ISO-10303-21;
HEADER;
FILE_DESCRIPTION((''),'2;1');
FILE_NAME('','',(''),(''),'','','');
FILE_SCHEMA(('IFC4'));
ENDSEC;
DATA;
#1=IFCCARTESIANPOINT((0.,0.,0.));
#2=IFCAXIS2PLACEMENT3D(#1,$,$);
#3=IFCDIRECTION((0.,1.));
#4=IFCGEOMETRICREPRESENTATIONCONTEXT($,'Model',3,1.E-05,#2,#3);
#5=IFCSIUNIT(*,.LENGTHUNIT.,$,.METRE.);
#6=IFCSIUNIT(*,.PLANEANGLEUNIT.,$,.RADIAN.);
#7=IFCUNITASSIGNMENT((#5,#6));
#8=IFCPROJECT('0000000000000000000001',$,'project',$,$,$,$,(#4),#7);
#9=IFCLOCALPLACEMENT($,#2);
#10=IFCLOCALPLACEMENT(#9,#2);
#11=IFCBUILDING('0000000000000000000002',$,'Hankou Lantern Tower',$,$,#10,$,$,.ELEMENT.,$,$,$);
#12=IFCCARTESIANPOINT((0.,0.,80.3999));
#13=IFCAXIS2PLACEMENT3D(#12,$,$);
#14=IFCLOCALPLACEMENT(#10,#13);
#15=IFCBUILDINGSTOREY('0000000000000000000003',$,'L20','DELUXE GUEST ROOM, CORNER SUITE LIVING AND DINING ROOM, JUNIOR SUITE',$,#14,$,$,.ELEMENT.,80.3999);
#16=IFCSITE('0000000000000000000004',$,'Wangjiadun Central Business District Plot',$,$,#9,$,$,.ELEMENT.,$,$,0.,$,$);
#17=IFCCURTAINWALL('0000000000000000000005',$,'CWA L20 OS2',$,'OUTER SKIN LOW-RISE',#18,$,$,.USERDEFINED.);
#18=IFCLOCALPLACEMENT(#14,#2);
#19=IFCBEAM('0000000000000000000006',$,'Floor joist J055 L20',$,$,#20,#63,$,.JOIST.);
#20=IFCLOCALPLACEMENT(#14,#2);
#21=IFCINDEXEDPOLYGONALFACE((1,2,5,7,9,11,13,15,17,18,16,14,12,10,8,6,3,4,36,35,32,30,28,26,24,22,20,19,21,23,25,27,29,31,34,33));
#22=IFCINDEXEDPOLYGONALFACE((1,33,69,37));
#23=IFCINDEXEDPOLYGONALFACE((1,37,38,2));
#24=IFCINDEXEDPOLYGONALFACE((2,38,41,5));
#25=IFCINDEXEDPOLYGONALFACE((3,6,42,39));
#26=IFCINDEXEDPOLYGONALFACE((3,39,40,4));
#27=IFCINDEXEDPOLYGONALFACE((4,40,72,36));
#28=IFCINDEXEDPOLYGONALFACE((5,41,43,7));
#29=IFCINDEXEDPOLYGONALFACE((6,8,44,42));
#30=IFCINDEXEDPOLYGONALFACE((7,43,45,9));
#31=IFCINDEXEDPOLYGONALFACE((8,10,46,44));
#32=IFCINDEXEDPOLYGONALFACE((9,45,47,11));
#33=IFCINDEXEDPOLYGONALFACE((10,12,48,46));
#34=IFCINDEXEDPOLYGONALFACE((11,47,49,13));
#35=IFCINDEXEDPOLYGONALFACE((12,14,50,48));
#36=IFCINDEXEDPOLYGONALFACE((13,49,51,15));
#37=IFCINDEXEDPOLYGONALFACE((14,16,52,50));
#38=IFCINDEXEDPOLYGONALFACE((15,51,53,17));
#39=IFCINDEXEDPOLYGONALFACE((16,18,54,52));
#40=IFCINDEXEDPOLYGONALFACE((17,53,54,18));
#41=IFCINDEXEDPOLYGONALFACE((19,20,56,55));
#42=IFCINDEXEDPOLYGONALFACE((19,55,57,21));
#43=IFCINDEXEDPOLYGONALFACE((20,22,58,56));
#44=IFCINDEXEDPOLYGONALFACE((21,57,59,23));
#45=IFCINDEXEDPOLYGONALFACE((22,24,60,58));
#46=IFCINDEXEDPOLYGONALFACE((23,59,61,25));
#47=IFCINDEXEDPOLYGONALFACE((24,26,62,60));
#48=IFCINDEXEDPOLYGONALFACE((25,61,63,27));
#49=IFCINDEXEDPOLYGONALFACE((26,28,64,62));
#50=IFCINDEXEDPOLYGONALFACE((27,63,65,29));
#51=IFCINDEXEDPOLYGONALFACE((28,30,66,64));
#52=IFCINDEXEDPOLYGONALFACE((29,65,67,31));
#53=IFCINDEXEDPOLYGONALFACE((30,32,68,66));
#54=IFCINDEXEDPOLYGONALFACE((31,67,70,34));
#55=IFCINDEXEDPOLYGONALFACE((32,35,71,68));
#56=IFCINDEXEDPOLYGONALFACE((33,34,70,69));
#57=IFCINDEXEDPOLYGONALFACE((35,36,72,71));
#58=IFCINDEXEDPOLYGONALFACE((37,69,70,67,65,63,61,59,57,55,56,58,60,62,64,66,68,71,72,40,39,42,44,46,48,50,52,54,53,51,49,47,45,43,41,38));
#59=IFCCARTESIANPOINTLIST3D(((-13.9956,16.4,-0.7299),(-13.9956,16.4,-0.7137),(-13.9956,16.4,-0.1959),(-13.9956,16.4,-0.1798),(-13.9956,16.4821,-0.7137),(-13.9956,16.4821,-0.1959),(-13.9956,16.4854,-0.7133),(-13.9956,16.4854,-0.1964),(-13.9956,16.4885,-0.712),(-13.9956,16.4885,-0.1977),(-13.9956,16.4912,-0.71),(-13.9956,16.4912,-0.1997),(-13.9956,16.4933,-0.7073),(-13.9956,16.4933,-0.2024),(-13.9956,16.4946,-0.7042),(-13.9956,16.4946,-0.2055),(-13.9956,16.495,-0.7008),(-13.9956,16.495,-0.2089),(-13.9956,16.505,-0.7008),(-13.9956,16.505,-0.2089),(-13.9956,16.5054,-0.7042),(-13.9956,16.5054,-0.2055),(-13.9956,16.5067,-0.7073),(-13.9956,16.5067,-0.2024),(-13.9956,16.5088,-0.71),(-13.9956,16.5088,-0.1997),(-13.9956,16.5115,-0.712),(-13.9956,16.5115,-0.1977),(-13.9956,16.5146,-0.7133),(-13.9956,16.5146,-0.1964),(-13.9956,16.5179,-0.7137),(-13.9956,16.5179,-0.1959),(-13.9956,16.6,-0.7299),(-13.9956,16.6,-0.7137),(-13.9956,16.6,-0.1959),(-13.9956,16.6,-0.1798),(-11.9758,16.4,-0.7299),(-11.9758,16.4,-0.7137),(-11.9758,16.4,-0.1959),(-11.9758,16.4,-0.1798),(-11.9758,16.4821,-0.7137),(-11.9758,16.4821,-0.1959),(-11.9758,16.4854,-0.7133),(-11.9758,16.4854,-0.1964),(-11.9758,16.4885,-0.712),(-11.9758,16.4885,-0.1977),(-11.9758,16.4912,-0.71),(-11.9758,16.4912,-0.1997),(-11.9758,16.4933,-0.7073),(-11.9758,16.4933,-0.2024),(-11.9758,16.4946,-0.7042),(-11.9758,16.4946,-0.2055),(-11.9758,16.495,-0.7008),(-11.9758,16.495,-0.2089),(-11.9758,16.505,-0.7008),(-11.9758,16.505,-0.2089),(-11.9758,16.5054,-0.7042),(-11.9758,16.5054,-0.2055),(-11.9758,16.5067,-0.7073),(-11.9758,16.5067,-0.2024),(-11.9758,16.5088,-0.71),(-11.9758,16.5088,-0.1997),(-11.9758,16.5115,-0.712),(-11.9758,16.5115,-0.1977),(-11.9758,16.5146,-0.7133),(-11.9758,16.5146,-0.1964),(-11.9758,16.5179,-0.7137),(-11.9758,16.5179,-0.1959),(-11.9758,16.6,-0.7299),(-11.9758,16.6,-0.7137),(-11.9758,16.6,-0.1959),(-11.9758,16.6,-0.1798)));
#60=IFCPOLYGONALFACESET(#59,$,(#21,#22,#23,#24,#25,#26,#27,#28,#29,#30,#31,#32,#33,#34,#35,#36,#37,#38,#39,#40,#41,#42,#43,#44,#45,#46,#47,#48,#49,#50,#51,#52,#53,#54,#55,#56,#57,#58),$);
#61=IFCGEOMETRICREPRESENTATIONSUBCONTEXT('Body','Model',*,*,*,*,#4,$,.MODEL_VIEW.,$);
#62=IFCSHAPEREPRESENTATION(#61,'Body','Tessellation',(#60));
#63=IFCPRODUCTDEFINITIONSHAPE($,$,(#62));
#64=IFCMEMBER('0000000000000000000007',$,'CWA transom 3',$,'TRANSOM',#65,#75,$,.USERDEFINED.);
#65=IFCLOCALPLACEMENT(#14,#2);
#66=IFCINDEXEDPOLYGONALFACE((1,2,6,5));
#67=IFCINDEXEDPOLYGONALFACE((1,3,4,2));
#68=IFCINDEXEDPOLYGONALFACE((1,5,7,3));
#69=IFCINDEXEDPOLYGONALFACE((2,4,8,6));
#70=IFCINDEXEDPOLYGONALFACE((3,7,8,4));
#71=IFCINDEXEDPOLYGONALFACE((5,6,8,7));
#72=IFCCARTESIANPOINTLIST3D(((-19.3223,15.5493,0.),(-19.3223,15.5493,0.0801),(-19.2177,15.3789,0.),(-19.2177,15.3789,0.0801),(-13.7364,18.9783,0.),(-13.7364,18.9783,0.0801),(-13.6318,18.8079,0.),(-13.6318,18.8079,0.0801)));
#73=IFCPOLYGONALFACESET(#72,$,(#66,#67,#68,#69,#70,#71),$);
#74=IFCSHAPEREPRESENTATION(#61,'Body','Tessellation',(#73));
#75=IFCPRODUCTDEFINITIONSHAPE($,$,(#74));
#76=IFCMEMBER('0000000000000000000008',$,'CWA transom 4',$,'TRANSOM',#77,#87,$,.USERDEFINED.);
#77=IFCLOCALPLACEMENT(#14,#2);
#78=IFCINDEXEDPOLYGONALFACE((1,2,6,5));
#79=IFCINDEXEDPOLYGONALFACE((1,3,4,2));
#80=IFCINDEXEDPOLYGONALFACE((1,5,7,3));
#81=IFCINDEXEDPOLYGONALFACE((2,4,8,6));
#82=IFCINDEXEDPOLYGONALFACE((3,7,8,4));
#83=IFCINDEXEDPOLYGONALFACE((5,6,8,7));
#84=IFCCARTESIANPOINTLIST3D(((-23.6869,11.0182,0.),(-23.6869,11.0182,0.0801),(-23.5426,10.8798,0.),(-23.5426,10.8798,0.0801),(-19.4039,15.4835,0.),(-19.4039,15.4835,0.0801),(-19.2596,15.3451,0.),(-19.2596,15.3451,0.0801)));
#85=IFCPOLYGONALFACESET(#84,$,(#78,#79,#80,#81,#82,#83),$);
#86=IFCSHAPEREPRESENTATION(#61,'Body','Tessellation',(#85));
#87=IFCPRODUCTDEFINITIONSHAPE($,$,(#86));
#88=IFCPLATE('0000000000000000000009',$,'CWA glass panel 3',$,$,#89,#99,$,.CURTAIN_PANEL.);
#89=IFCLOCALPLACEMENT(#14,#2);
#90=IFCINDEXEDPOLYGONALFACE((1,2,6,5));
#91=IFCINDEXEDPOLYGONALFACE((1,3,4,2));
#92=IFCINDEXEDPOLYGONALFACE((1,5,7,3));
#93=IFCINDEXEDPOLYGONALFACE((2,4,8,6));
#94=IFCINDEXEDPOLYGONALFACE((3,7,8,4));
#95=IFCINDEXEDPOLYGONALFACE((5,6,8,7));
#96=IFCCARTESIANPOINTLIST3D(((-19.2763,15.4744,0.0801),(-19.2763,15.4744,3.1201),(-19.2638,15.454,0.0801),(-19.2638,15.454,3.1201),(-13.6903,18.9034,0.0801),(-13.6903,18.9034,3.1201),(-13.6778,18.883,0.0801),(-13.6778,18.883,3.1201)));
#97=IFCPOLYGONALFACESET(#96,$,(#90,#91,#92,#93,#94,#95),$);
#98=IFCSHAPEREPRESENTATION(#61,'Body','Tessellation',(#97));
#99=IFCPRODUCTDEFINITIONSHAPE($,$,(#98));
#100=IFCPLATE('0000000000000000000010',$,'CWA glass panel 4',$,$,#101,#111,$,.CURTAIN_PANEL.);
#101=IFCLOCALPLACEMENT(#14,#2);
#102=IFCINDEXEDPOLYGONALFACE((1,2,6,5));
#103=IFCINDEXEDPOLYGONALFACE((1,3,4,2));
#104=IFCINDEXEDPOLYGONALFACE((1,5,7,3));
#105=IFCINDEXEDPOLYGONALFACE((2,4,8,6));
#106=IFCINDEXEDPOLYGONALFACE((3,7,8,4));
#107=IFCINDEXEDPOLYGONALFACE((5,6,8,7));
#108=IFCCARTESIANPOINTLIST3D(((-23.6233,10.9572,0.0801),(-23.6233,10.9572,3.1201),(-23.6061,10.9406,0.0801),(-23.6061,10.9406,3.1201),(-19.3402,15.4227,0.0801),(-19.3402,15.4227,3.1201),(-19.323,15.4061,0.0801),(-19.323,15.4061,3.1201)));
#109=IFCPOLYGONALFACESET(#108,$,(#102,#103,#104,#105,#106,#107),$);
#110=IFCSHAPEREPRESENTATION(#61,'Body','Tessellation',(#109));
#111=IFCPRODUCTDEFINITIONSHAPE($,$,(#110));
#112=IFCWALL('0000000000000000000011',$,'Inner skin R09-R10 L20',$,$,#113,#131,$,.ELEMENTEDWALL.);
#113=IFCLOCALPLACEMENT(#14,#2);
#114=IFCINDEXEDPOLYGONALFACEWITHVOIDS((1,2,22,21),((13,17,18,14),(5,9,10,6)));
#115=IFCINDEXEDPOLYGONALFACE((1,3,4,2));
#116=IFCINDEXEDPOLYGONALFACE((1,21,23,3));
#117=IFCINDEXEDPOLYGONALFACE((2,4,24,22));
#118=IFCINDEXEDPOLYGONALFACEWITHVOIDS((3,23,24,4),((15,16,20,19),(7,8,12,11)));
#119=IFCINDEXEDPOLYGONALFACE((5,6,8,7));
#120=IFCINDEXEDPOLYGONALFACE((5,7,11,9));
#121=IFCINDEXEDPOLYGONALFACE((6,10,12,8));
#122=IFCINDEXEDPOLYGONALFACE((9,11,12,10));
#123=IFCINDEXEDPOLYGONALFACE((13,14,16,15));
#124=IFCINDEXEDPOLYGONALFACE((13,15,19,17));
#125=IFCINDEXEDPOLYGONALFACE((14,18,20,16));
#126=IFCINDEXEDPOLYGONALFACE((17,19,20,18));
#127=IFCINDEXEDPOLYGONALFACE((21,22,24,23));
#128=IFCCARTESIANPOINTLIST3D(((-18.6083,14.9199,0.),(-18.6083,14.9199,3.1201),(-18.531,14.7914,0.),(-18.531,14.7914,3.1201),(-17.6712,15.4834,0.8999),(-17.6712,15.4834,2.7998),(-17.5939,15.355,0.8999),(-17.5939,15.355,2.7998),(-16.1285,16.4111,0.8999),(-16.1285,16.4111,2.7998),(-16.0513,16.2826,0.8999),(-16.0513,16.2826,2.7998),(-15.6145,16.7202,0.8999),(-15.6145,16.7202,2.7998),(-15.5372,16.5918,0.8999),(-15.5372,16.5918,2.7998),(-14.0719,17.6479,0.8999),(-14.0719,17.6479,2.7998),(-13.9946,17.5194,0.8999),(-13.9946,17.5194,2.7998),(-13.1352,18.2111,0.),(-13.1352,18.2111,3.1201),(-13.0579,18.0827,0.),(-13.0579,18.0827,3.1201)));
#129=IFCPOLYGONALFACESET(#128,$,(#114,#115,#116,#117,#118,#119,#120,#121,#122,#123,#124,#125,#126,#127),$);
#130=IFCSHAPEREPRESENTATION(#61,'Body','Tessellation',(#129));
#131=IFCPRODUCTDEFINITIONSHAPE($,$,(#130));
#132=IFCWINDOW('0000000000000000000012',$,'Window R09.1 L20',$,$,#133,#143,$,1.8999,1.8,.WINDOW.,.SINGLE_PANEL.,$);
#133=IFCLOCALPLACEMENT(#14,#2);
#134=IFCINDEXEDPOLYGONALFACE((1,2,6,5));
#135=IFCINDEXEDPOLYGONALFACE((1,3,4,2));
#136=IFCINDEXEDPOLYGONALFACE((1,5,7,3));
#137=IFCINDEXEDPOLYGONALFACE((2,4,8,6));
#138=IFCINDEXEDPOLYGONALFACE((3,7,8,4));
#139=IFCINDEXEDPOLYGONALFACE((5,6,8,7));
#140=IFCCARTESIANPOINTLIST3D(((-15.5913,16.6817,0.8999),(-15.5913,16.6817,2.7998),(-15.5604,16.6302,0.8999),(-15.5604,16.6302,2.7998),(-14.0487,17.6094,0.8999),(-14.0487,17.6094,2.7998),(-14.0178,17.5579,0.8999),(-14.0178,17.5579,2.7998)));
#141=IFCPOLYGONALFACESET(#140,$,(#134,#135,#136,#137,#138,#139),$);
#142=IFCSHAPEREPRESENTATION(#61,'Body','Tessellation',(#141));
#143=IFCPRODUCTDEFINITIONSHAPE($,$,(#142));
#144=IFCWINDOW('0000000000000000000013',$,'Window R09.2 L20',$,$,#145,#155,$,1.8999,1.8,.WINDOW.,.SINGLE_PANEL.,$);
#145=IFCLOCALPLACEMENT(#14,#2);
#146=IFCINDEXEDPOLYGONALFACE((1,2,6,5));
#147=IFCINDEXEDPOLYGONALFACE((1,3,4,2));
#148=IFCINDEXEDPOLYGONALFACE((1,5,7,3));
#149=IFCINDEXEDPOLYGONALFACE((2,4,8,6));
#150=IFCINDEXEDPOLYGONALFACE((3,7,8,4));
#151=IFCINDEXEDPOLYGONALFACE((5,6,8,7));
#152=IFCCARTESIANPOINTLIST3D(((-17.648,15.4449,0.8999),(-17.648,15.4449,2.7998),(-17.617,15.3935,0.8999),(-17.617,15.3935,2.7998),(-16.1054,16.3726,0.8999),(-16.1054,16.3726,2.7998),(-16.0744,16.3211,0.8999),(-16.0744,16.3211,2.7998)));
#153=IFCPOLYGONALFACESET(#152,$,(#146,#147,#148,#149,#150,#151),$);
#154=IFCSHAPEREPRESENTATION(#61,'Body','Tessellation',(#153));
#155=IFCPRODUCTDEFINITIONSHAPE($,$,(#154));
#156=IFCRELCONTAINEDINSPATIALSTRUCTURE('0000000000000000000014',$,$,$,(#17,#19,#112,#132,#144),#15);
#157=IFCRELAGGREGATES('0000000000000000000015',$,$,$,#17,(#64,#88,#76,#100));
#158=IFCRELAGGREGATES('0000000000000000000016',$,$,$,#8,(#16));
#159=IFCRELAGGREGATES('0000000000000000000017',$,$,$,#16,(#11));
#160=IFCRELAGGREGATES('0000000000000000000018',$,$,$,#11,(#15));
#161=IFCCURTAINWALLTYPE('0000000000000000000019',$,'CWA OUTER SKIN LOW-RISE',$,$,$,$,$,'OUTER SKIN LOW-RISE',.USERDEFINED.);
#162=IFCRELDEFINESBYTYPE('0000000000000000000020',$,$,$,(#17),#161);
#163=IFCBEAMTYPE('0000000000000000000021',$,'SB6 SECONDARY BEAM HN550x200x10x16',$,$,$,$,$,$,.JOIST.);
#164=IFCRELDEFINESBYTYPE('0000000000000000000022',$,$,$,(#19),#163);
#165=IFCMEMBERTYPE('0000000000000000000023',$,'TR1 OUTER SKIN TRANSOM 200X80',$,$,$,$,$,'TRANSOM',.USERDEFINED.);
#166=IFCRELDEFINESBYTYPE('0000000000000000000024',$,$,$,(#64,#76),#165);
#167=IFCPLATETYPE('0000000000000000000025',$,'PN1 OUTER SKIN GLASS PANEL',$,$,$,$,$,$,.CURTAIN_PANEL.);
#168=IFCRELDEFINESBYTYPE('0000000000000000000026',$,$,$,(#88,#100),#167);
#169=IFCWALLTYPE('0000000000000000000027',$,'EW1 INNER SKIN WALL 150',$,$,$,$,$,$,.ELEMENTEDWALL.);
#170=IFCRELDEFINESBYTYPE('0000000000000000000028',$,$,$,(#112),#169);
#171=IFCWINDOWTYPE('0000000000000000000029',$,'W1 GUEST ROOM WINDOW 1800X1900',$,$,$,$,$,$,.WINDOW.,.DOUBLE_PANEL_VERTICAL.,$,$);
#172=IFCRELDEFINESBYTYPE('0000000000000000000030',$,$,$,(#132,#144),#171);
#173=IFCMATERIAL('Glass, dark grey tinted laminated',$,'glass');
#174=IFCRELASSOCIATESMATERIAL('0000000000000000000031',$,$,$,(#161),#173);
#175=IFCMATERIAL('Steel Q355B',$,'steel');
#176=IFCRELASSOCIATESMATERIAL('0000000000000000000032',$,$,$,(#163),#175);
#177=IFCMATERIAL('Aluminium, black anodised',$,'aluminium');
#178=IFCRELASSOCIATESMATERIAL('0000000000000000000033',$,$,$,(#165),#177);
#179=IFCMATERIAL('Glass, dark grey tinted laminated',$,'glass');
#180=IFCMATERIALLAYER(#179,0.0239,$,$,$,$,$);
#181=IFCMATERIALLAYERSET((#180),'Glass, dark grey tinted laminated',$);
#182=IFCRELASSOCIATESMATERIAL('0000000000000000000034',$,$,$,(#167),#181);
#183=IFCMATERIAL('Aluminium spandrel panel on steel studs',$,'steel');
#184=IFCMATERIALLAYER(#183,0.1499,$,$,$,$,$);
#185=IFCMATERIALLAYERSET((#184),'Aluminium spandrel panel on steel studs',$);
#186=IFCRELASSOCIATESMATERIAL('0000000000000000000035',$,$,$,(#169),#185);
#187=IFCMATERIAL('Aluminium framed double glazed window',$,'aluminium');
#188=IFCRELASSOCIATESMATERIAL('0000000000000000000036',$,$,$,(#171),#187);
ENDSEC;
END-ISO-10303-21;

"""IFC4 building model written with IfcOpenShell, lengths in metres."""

from ifc_helpers import new_model, si_unit, direction, frame, frame_2d, origin, origin_2d, place, context, subcontext, project, spatial, rectangle, i_section, extrude, material, layer, layer_set, material_profile, profile_set, type_object, element, fill, aggregate, save


model = new_model("IFC4")

# Units and contexts
model_context = context("Model", 3, precision=1e-05, world=origin(), true_north=direction((0.0, 1.0)))
body_context = subcontext(model_context, "Body", "Model", "MODEL_VIEW")
ifc_project = project(units=[si_unit("LENGTHUNIT", "METRE"), si_unit("PLANEANGLEUNIT", "RADIAN")], contexts=[model_context])

# Site, building, storey
site_placement = place(None, origin())
site = spatial("IfcSite", under=ifc_project, at=site_placement, Name="Wangjiadun Central Business District Plot", CompositionType="ELEMENT", RefElevation=0.0)
building_placement = place(site_placement, origin())
building = spatial("IfcBuilding", under=site, at=building_placement, Name="Hankou Lantern Tower", CompositionType="ELEMENT")
storey_placement = place(building_placement, frame((0.0, 0.0, 80.3999)))
storey = spatial("IfcBuildingStorey", under=building, at=storey_placement, Name="L20", Description="DELUXE GUEST ROOM, CORNER SUITE LIVING AND DINING ROOM, JUNIOR SUITE", CompositionType="ELEMENT", Elevation=80.3999)

# Curtain wall
ifc_material_1 = material(Name="Glass, dark grey tinted laminated", Category="glass")
curtain_wall_type = type_object("IfcCurtainWallType", Name="CWA OUTER SKIN LOW-RISE", ElementType="OUTER SKIN LOW-RISE", PredefinedType="USERDEFINED", material=ifc_material_1)
curtain_wall_placement = place(storey_placement, origin())
curtain_wall = element("IfcCurtainWall", 1, at=curtain_wall_placement, inside=storey, type_object=curtain_wall_type, Name="CWA L20 OS2", ObjectType="OUTER SKIN LOW-RISE", PredefinedType="USERDEFINED")

# Beam
ifc_material_2 = material(Name="Steel Q355B", Category="steel")
ifc_material_profile_1 = material_profile(ifc_material_2, i_section(OverallWidth=0.2, OverallDepth=0.55, WebThickness=0.01, FlangeThickness=0.0161, FilletRadius=0.0129, at=origin_2d()), Name="HN550x200x10x16")
ifc_profile_set_1 = profile_set([ifc_material_profile_1], Name="Steel Q355B")
beam_type_1 = type_object("IfcBeamType", Name="SB6 SECONDARY BEAM HN550x200x10x16", PredefinedType="JOIST", material=ifc_profile_set_1)
beam_1_placement = place(storey_placement, frame((-13.9956, 16.5, -0.4548), z_axis=(1.0, 0.0, 0.0), x_axis=(0.0, 1.0, 0.0)))
element("IfcBeam", 2, at=beam_1_placement, inside=storey, type_object=beam_type_1, Name="Floor joist J055 L20", PredefinedType="JOIST", context=body_context, shape_type="SweptSolid", body=[
    extrude(i_section(OverallWidth=0.2, OverallDepth=0.55, WebThickness=0.01, FlangeThickness=0.0161, FilletRadius=0.0129, at=origin_2d()), origin(), (0.0, 0.0, 1.0), 2.0198),
])

# Members
ifc_material_3 = material(Name="Aluminium, black anodised", Category="aluminium")
ifc_material_profile_2 = material_profile(ifc_material_3, rectangle(XDim=0.2, YDim=0.0801, at=origin_2d()), Name="TR1 200X80")
ifc_profile_set_2 = profile_set([ifc_material_profile_2], Name="Aluminium, black anodised")
member_type_1 = type_object("IfcMemberType", Name="TR1 OUTER SKIN TRANSOM 200X80", ElementType="TRANSOM", PredefinedType="USERDEFINED", material=ifc_profile_set_2)
member_1_placement = place(storey_placement, frame((-13.6841, 18.8931, 0.04), z_axis=(-0.85224, -0.523152, 0.0), x_axis=(0.523152, -0.85224, 0.0)))
member_1 = element("IfcMember", 3, at=member_1_placement, type_object=member_type_1, Name="CWA transom 3", ObjectType="TRANSOM", PredefinedType="USERDEFINED", context=body_context, shape_type="SweptSolid", body=[
    extrude(rectangle(XDim=0.2, YDim=0.0801, at=origin_2d()), origin(), (0.0, 0.0, 1.0), 6.5544),
])
member_2_placement = place(storey_placement, frame((-19.3318, 15.4143, 0.04), z_axis=(-0.692216, -0.721691, 0.0), x_axis=(0.721691, -0.692216, 0.0)))
member_2 = element("IfcMember", 4, at=member_2_placement, type_object=member_type_1, Name="CWA transom 4", ObjectType="TRANSOM", PredefinedType="USERDEFINED", context=body_context, shape_type="SweptSolid", body=[
    extrude(rectangle(XDim=0.2, YDim=0.0801, at=origin_2d()), origin(), (0.0, 0.0, 1.0), 6.1873),
])

# Plates
ifc_material_4 = material(Name="Glass, dark grey tinted laminated", Category="glass")
ifc_layer_1 = layer(ifc_material_4, 0.0239)
ifc_layer_set_1 = layer_set([ifc_layer_1], Name="Glass, dark grey tinted laminated")
plate_type = type_object("IfcPlateType", Name="PN1 OUTER SKIN GLASS PANEL", PredefinedType="CURTAIN_PANEL", material=ifc_layer_set_1)
plate_1_placement = place(storey_placement, frame((-16.4771, 17.1787, 0.0801), z_axis=(0.0, 0.0, 1.0), x_axis=(-0.852237, -0.523156, 0.0)))
plate_1 = element("IfcPlate", 5, at=plate_1_placement, type_object=plate_type, Name="CWA glass panel 3", PredefinedType="CURTAIN_PANEL", context=body_context, shape_type="SweptSolid", body=[
    extrude(rectangle(XDim=6.5544, YDim=0.0239, at=origin_2d()), origin(), (0.0, 0.0, 1.0), 3.04),
])
plate_2_placement = place(storey_placement, frame((-21.4731, 13.1816, 0.0801), z_axis=(0.0, 0.0, 1.0), x_axis=(-0.692216, -0.721691, 0.0)))
plate_2 = element("IfcPlate", 6, at=plate_2_placement, type_object=plate_type, Name="CWA glass panel 4", PredefinedType="CURTAIN_PANEL", context=body_context, shape_type="SweptSolid", body=[
    extrude(rectangle(XDim=6.1875, YDim=0.0239, at=origin_2d()), origin(), (0.0, 0.0, 1.0), 3.04),
])
aggregate(curtain_wall, [member_1, plate_1, member_2, plate_2])

# Wall, openings, windows
ifc_material_5 = material(Name="Aluminium spandrel panel on steel studs", Category="steel")
ifc_layer_2 = layer(ifc_material_5, 0.1499)
ifc_layer_set_2 = layer_set([ifc_layer_2], Name="Aluminium spandrel panel on steel studs")
wall_type_1 = type_object("IfcWallType", Name="EW1 INNER SKIN WALL 150", PredefinedType="ELEMENTEDWALL", material=ifc_layer_set_2)
wall_1_placement = place(storey_placement, frame((-13.0964, 18.147, 0.0), z_axis=(0.0, 0.0, 1.0), x_axis=(-0.856983, -0.515344, 0.0)))
wall_1 = element("IfcWall", 7, at=wall_1_placement, inside=storey, type_object=wall_type_1, Name="Inner skin R09-R10 L20", PredefinedType="ELEMENTEDWALL", context=body_context, shape_type="SweptSolid", body=[
    extrude(rectangle(XDim=6.3865, YDim=0.1499, at=frame_2d((3.1934, 0.0))), origin(), (0.0, 0.0, 1.0), 3.1201),
])
opening_1_placement = place(wall_1_placement, frame((1.0933, 0.0, 0.8999)))
opening_1 = element("IfcOpeningElement", 8, at=opening_1_placement, cuts=wall_1, PredefinedType="OPENING", context=body_context, shape_type="SweptSolid", body=[
    extrude(rectangle(XDim=1.8, YDim=1.8999, at=frame_2d((0.8999, 0.95))), frame((0.0, 0.085, 0.0), z_axis=(0.0, -1.0, 0.0), x_axis=(1.0, 0.0, 0.0)), (0.0, 0.0, 1.0), 0.1699),
])
opening_2_placement = place(wall_1_placement, frame((3.4932, 0.0, 0.8999)))
opening_2 = element("IfcOpeningElement", 9, at=opening_2_placement, cuts=wall_1, PredefinedType="OPENING", context=body_context, shape_type="SweptSolid", body=[
    extrude(rectangle(XDim=1.8, YDim=1.8999, at=frame_2d((0.8999, 0.95))), frame((0.0, 0.085, 0.0), z_axis=(0.0, -1.0, 0.0), x_axis=(1.0, 0.0, 0.0)), (0.0, 0.0, 1.0), 0.1699),
])
ifc_material_6 = material(Name="Aluminium framed double glazed window", Category="aluminium")
window_type = type_object("IfcWindowType", Name="W1 GUEST ROOM WINDOW 1800X1900", PartitioningType="DOUBLE_PANEL_VERTICAL", PredefinedType="WINDOW", material=ifc_material_6)
window_1_placement = place(opening_1_placement, origin())
window_1 = element("IfcWindow", 10, at=window_1_placement, inside=storey, type_object=window_type, Name="Window R09.1 L20", OverallHeight=1.8999, OverallWidth=1.8, PartitioningType="SINGLE_PANEL", PredefinedType="WINDOW", context=body_context, shape_type="SweptSolid", body=[
    extrude(rectangle(XDim=1.8, YDim=1.8999, at=frame_2d((0.8999, 0.95))), frame((0.0, 0.03, 0.0), z_axis=(0.0, -1.0, 0.0), x_axis=(1.0, 0.0, 0.0)), (0.0, 0.0, 1.0), 0.0601),
])
fill(opening_1, window_1)
window_2_placement = place(opening_2_placement, origin())
window_2 = element("IfcWindow", 11, at=window_2_placement, inside=storey, type_object=window_type, Name="Window R09.2 L20", OverallHeight=1.8999, OverallWidth=1.8, PartitioningType="SINGLE_PANEL", PredefinedType="WINDOW", context=body_context, shape_type="SweptSolid", body=[
    extrude(rectangle(XDim=1.8, YDim=1.8999, at=frame_2d((0.8999, 0.95))), frame((0.0, 0.03, 0.0), z_axis=(0.0, -1.0, 0.0), x_axis=(1.0, 0.0, 0.0)), (0.0, 0.0, 1.0), 0.0601),
])
fill(opening_2, window_2)

save(model, "model.ifc")
